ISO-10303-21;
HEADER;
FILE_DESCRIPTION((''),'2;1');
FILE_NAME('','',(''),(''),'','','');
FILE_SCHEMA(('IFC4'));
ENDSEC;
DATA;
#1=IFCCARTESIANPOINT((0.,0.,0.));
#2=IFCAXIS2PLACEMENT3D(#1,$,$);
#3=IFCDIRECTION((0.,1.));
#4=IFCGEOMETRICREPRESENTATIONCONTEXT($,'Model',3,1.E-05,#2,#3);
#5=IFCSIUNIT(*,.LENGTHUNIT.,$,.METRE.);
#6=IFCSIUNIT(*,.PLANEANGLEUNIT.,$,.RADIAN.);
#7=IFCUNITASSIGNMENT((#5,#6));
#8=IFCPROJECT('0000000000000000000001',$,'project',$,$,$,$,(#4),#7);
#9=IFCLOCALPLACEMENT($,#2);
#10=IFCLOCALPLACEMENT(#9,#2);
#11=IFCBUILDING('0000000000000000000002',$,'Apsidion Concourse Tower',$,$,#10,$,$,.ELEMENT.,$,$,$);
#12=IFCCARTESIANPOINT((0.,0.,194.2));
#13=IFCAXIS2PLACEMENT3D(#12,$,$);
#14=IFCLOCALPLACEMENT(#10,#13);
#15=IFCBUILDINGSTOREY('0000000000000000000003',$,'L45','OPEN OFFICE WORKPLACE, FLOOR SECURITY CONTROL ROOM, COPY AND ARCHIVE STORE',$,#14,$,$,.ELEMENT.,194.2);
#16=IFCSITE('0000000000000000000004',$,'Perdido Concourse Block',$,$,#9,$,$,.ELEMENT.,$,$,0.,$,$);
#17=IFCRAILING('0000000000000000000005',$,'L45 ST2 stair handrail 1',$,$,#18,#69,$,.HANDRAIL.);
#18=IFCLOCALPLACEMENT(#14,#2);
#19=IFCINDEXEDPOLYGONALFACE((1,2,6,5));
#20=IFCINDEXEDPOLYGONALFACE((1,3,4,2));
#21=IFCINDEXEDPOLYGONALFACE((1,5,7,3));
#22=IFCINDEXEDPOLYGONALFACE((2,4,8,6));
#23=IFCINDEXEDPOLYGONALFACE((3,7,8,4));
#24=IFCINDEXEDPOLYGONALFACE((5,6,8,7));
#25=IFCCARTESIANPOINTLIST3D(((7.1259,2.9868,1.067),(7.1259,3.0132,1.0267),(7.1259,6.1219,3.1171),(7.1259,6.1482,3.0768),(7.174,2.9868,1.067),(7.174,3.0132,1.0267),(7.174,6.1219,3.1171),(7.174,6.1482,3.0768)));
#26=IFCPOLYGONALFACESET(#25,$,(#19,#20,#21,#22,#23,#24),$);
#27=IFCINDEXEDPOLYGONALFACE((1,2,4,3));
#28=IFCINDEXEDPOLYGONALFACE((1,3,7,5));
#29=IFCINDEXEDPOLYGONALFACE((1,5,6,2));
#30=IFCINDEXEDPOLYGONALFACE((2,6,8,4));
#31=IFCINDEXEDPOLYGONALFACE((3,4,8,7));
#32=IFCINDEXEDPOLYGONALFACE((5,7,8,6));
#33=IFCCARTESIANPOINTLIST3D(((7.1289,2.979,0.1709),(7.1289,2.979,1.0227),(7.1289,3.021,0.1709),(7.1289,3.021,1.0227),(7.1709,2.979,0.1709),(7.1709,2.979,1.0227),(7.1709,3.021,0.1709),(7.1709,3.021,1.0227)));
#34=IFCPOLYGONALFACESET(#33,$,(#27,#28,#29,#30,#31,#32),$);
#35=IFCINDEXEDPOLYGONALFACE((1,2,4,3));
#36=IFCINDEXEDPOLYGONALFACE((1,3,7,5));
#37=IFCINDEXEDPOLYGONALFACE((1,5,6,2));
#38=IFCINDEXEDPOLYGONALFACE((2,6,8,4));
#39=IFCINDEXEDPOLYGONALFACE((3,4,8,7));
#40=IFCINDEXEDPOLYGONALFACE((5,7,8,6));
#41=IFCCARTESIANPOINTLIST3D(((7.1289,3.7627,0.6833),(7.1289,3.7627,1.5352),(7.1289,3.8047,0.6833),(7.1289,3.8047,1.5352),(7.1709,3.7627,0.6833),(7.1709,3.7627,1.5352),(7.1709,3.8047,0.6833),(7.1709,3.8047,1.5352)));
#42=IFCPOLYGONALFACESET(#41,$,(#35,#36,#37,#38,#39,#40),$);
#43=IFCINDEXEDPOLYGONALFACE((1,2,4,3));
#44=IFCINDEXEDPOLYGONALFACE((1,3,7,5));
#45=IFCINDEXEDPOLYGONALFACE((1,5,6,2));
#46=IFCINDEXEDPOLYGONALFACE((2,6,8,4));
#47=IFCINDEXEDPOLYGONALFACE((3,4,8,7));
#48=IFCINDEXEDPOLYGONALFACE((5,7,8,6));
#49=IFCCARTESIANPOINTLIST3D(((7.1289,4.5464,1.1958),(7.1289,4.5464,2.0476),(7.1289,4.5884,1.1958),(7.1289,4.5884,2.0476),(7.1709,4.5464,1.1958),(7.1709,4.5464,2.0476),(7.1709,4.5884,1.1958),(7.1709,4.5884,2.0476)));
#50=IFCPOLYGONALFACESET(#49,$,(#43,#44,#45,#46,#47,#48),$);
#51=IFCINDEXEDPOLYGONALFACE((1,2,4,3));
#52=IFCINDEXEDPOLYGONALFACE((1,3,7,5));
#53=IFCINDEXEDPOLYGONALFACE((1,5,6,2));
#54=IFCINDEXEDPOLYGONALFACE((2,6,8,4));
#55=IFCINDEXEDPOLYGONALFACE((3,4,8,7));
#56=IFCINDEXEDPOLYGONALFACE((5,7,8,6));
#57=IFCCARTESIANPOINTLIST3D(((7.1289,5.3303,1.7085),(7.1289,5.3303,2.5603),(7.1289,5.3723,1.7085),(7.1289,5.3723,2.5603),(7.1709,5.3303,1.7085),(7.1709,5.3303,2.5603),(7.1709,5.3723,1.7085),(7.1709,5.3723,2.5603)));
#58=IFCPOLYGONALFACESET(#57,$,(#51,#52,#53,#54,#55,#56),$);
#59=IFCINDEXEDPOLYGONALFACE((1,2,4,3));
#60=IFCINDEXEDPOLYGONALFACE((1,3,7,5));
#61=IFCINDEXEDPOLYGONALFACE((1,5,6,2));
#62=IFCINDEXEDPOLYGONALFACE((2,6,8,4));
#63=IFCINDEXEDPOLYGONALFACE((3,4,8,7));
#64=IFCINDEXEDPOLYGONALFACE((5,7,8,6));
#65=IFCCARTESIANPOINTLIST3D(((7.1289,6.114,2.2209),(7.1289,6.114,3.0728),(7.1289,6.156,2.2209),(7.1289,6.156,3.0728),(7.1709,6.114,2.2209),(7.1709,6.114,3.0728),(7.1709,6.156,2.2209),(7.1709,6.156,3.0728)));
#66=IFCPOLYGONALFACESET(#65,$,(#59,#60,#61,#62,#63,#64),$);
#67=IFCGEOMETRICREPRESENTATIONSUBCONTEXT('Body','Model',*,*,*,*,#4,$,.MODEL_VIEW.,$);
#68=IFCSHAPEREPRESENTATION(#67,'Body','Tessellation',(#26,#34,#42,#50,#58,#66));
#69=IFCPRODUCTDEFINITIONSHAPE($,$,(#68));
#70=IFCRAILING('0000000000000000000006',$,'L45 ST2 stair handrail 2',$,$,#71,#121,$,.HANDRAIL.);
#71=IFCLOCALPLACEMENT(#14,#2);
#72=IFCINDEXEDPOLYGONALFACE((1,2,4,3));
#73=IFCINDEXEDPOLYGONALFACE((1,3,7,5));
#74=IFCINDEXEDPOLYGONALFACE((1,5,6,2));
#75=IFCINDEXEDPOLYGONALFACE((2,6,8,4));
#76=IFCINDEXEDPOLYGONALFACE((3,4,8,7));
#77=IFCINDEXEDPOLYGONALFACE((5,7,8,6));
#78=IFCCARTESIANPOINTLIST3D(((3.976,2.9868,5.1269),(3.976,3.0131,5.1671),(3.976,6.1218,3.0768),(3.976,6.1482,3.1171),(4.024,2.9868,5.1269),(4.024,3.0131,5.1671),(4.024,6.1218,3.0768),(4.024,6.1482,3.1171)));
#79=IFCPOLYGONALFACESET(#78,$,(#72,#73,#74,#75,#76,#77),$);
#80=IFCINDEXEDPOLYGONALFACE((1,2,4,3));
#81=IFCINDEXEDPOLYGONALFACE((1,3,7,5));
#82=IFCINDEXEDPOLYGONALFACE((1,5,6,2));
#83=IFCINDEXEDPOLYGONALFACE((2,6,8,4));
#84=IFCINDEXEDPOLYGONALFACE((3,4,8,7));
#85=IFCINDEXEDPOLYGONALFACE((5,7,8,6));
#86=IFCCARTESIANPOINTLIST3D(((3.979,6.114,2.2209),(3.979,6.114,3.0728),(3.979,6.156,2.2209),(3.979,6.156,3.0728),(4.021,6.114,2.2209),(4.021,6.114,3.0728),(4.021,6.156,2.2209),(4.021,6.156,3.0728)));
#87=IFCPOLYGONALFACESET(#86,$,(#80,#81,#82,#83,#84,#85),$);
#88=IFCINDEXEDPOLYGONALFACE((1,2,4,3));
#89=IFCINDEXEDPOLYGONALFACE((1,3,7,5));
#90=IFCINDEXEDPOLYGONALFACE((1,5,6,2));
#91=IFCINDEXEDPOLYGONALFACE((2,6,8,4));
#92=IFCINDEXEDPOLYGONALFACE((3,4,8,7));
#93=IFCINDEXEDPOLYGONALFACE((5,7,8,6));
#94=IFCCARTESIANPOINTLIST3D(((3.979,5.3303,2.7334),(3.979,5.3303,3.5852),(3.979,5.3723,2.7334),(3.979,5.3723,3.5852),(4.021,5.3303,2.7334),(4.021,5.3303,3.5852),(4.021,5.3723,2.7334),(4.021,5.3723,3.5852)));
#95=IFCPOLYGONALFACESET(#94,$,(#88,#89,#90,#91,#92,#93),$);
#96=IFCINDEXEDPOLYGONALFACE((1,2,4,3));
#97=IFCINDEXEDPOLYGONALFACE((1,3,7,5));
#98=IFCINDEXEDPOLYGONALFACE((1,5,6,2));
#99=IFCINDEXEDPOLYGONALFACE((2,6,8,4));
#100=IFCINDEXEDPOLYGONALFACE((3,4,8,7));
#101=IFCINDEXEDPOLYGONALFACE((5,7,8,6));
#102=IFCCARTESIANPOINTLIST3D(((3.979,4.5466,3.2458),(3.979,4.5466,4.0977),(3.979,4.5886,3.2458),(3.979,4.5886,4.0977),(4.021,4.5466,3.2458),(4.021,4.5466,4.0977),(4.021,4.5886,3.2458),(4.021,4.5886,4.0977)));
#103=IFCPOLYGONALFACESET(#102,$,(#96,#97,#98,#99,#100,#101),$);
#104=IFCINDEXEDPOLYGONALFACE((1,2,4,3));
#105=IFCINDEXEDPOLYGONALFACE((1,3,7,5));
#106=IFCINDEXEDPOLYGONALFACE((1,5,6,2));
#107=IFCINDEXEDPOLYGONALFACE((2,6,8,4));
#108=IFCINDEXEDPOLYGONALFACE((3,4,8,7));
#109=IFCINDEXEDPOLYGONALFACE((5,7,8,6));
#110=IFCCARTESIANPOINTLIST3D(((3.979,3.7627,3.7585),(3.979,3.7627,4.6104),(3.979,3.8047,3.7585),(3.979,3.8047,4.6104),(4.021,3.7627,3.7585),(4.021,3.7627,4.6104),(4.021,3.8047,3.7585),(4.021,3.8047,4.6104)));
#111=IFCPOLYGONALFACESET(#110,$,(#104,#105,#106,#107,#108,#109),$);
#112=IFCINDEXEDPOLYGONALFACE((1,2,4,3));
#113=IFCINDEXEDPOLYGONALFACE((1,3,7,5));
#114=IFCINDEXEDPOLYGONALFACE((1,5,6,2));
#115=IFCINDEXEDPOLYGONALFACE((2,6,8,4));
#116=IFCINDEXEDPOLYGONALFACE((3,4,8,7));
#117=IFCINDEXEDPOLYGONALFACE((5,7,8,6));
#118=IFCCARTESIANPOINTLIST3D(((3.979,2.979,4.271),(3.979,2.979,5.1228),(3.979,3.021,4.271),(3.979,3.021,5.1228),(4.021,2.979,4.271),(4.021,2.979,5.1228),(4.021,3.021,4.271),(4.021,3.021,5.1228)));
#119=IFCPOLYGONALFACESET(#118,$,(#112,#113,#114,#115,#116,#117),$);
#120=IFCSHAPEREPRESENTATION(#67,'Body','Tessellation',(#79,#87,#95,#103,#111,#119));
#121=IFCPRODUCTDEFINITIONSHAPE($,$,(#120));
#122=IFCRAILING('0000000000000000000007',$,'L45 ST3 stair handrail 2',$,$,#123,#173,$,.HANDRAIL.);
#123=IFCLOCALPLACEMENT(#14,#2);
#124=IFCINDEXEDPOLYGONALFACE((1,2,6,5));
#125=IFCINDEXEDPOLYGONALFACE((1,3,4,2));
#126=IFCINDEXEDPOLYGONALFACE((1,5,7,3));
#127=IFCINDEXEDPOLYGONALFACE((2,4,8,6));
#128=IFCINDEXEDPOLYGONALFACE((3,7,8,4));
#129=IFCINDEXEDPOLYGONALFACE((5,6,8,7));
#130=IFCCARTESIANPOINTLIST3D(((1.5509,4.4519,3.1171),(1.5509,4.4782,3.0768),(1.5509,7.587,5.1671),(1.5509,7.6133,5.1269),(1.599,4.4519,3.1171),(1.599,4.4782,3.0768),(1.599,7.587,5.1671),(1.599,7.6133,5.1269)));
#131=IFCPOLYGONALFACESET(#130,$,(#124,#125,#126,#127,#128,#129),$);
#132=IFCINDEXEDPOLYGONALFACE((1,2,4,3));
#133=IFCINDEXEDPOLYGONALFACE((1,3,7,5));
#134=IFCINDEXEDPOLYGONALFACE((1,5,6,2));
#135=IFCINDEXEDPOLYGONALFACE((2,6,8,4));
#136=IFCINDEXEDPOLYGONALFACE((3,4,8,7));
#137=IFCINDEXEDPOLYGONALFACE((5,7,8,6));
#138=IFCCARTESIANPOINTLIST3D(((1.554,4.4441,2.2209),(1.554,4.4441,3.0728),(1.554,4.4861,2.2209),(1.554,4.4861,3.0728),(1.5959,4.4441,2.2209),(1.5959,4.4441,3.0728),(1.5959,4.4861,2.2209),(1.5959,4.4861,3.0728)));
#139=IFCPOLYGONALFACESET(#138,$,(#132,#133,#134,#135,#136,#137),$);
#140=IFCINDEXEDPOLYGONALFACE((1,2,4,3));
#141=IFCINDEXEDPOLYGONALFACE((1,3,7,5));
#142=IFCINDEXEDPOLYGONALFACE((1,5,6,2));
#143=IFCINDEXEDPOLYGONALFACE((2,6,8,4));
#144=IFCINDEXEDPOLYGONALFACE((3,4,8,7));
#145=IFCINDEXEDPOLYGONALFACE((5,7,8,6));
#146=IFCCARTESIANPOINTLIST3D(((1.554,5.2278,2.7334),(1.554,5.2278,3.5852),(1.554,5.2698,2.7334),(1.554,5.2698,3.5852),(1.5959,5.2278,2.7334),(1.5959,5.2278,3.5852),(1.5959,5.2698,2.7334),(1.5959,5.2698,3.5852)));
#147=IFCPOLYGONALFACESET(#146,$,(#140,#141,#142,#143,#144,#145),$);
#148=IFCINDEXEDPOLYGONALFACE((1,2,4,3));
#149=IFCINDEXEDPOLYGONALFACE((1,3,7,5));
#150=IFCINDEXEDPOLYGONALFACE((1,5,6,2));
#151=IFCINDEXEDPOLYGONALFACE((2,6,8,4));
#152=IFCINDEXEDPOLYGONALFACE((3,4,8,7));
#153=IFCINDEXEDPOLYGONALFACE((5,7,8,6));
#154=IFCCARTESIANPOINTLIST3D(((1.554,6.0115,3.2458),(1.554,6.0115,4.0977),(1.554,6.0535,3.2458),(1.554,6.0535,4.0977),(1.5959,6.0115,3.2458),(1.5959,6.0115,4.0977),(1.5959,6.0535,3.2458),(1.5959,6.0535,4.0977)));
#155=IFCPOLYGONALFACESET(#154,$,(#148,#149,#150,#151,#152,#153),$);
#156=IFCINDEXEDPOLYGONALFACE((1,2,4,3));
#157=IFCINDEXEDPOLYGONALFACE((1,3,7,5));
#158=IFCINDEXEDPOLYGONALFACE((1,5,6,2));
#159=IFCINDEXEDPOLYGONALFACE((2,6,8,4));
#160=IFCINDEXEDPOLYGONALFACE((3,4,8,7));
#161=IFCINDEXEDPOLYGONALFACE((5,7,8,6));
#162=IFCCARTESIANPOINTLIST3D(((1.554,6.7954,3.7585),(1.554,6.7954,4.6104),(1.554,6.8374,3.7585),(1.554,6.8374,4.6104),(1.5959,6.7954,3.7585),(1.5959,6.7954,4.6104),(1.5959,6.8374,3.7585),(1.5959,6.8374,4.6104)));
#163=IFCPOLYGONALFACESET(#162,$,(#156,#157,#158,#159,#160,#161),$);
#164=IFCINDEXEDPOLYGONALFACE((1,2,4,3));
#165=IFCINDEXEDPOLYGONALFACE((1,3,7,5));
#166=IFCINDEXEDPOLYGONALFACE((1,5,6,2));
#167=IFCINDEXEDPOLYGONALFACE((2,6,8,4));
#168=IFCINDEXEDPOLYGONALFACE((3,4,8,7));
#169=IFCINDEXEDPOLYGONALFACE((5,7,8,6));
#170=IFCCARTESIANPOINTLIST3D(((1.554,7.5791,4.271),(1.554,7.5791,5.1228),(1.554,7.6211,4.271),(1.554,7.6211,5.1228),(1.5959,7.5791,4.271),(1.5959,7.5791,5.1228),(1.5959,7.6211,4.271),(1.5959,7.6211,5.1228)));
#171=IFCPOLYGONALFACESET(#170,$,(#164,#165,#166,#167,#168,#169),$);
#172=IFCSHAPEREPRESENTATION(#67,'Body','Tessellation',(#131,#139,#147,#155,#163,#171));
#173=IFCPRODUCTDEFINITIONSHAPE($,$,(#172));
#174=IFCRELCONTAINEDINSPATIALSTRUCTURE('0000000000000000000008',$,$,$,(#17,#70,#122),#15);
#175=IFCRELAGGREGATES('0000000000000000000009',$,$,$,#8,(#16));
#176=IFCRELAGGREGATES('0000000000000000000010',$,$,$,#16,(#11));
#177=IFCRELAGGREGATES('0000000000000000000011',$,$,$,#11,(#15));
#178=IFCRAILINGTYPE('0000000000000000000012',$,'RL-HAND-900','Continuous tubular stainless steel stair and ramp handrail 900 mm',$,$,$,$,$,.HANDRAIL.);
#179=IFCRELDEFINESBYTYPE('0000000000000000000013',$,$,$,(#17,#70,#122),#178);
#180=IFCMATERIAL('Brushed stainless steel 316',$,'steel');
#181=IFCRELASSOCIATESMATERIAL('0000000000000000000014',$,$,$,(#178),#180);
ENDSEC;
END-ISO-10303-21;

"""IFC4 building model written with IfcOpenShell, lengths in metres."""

from ifc_helpers import new_model, si_unit, direction, frame, origin, origin_2d, place, context, subcontext, project, spatial, rectangle, extrude, material, type_object, element, save


model = new_model("IFC4")

# Units and contexts
model_context = context("Model", 3, precision=1e-05, world=origin(), true_north=direction((0.0, 1.0)))
body_context = subcontext(model_context, "Body", "Model", "MODEL_VIEW")
ifc_project = project(units=[si_unit("LENGTHUNIT", "METRE"), si_unit("PLANEANGLEUNIT", "RADIAN")], contexts=[model_context])

# Site, building, storey
site_placement = place(None, origin())
site = spatial("IfcSite", under=ifc_project, at=site_placement, Name="Perdido Concourse Block", CompositionType="ELEMENT", RefElevation=0.0)
building_placement = place(site_placement, origin())
building = spatial("IfcBuilding", under=site, at=building_placement, Name="Apsidion Concourse Tower", CompositionType="ELEMENT")
storey_placement = place(building_placement, frame((0.0, 0.0, 194.2)))
storey = spatial("IfcBuildingStorey", under=building, at=storey_placement, Name="L45", Description="OPEN OFFICE WORKPLACE, FLOOR SECURITY CONTROL ROOM, COPY AND ARCHIVE STORE", CompositionType="ELEMENT", Elevation=194.2)

# Railings
ifc_material_1 = material(Name="Brushed stainless steel 316", Category="steel")
railing_type_1 = type_object("IfcRailingType", Name="RL-HAND-900", Description="Continuous tubular stainless steel stair and ramp handrail 900 mm", PredefinedType="HANDRAIL", material=ifc_material_1)
railing_1_placement = place(storey_placement, frame((7.1499, 3.0, 0.1709)))
element("IfcRailing", 1, at=railing_1_placement, inside=storey, type_object=railing_type_1, Name="L45 ST2 stair handrail 1", PredefinedType="HANDRAIL", context=body_context, shape_type="SweptSolid", body=[
    extrude(rectangle(XDim=0.0481, YDim=0.0481, at=origin_2d()), frame((0.0, 0.0, 0.876), z_axis=(0.0, 0.836941, 0.547293), x_axis=(-1.0, 0.0, 0.0)), (0.0, 0.0, 1.0), 3.7458),
    extrude(rectangle(XDim=0.042, YDim=0.042, at=origin_2d()), origin(), (0.0, 0.0, 1.0), 0.8518),
    extrude(rectangle(XDim=0.042, YDim=0.042, at=origin_2d()), frame((0.0, 0.7837, 0.5125)), (0.0, 0.0, 1.0), 0.8518),
    extrude(rectangle(XDim=0.042, YDim=0.042, at=origin_2d()), frame((0.0, 1.5674, 1.0249)), (0.0, 0.0, 1.0), 0.8518),
    extrude(rectangle(XDim=0.042, YDim=0.042, at=origin_2d()), frame((0.0, 2.3513, 1.5376)), (0.0, 0.0, 1.0), 0.8518),
    extrude(rectangle(XDim=0.042, YDim=0.042, at=origin_2d()), frame((0.0, 3.135, 2.05)), (0.0, 0.0, 1.0), 0.8518),
])
railing_2_placement = place(storey_placement, frame((4.0, 6.135, 2.2209)))
element("IfcRailing", 2, at=railing_2_placement, inside=storey, type_object=railing_type_1, Name="L45 ST2 stair handrail 2", PredefinedType="HANDRAIL", context=body_context, shape_type="SweptSolid", body=[
    extrude(rectangle(XDim=0.0481, YDim=0.0481, at=origin_2d()), frame((0.0, 0.0, 0.876), z_axis=(0.0, -0.836941, 0.547293), x_axis=(1.0, 0.0, 0.0)), (0.0, 0.0, 1.0), 3.7458),
    extrude(rectangle(XDim=0.042, YDim=0.042, at=origin_2d()), origin(), (0.0, 0.0, 1.0), 0.8518),
    extrude(rectangle(XDim=0.042, YDim=0.042, at=origin_2d()), frame((0.0, -0.7837, 0.5125)), (0.0, 0.0, 1.0), 0.8518),
    extrude(rectangle(XDim=0.042, YDim=0.042, at=origin_2d()), frame((0.0, -1.5674, 1.0249)), (0.0, 0.0, 1.0), 0.8518),
    extrude(rectangle(XDim=0.042, YDim=0.042, at=origin_2d()), frame((0.0, -2.3513, 1.5376)), (0.0, 0.0, 1.0), 0.8518),
    extrude(rectangle(XDim=0.042, YDim=0.042, at=origin_2d()), frame((0.0, -3.135, 2.05)), (0.0, 0.0, 1.0), 0.8518),
])
railing_3_placement = place(storey_placement, frame((1.575, 4.4651, 2.2209)))
element("IfcRailing", 3, at=railing_3_placement, inside=storey, type_object=railing_type_1, Name="L45 ST3 stair handrail 2", PredefinedType="HANDRAIL", context=body_context, shape_type="SweptSolid", body=[
    extrude(rectangle(XDim=0.0481, YDim=0.0481, at=origin_2d()), frame((0.0, 0.0, 0.876), z_axis=(0.0, 0.836941, 0.547293), x_axis=(-1.0, 0.0, 0.0)), (0.0, 0.0, 1.0), 3.7458),
    extrude(rectangle(XDim=0.042, YDim=0.042, at=origin_2d()), origin(), (0.0, 0.0, 1.0), 0.8518),
    extrude(rectangle(XDim=0.042, YDim=0.042, at=origin_2d()), frame((0.0, 0.7837, 0.5125)), (0.0, 0.0, 1.0), 0.8518),
    extrude(rectangle(XDim=0.042, YDim=0.042, at=origin_2d()), frame((0.0, 1.5674, 1.0249)), (0.0, 0.0, 1.0), 0.8518),
    extrude(rectangle(XDim=0.042, YDim=0.042, at=origin_2d()), frame((0.0, 2.3513, 1.5376)), (0.0, 0.0, 1.0), 0.8518),
    extrude(rectangle(XDim=0.042, YDim=0.042, at=origin_2d()), frame((0.0, 3.135, 2.05)), (0.0, 0.0, 1.0), 0.8518),
])

save(model, "model.ifc")
